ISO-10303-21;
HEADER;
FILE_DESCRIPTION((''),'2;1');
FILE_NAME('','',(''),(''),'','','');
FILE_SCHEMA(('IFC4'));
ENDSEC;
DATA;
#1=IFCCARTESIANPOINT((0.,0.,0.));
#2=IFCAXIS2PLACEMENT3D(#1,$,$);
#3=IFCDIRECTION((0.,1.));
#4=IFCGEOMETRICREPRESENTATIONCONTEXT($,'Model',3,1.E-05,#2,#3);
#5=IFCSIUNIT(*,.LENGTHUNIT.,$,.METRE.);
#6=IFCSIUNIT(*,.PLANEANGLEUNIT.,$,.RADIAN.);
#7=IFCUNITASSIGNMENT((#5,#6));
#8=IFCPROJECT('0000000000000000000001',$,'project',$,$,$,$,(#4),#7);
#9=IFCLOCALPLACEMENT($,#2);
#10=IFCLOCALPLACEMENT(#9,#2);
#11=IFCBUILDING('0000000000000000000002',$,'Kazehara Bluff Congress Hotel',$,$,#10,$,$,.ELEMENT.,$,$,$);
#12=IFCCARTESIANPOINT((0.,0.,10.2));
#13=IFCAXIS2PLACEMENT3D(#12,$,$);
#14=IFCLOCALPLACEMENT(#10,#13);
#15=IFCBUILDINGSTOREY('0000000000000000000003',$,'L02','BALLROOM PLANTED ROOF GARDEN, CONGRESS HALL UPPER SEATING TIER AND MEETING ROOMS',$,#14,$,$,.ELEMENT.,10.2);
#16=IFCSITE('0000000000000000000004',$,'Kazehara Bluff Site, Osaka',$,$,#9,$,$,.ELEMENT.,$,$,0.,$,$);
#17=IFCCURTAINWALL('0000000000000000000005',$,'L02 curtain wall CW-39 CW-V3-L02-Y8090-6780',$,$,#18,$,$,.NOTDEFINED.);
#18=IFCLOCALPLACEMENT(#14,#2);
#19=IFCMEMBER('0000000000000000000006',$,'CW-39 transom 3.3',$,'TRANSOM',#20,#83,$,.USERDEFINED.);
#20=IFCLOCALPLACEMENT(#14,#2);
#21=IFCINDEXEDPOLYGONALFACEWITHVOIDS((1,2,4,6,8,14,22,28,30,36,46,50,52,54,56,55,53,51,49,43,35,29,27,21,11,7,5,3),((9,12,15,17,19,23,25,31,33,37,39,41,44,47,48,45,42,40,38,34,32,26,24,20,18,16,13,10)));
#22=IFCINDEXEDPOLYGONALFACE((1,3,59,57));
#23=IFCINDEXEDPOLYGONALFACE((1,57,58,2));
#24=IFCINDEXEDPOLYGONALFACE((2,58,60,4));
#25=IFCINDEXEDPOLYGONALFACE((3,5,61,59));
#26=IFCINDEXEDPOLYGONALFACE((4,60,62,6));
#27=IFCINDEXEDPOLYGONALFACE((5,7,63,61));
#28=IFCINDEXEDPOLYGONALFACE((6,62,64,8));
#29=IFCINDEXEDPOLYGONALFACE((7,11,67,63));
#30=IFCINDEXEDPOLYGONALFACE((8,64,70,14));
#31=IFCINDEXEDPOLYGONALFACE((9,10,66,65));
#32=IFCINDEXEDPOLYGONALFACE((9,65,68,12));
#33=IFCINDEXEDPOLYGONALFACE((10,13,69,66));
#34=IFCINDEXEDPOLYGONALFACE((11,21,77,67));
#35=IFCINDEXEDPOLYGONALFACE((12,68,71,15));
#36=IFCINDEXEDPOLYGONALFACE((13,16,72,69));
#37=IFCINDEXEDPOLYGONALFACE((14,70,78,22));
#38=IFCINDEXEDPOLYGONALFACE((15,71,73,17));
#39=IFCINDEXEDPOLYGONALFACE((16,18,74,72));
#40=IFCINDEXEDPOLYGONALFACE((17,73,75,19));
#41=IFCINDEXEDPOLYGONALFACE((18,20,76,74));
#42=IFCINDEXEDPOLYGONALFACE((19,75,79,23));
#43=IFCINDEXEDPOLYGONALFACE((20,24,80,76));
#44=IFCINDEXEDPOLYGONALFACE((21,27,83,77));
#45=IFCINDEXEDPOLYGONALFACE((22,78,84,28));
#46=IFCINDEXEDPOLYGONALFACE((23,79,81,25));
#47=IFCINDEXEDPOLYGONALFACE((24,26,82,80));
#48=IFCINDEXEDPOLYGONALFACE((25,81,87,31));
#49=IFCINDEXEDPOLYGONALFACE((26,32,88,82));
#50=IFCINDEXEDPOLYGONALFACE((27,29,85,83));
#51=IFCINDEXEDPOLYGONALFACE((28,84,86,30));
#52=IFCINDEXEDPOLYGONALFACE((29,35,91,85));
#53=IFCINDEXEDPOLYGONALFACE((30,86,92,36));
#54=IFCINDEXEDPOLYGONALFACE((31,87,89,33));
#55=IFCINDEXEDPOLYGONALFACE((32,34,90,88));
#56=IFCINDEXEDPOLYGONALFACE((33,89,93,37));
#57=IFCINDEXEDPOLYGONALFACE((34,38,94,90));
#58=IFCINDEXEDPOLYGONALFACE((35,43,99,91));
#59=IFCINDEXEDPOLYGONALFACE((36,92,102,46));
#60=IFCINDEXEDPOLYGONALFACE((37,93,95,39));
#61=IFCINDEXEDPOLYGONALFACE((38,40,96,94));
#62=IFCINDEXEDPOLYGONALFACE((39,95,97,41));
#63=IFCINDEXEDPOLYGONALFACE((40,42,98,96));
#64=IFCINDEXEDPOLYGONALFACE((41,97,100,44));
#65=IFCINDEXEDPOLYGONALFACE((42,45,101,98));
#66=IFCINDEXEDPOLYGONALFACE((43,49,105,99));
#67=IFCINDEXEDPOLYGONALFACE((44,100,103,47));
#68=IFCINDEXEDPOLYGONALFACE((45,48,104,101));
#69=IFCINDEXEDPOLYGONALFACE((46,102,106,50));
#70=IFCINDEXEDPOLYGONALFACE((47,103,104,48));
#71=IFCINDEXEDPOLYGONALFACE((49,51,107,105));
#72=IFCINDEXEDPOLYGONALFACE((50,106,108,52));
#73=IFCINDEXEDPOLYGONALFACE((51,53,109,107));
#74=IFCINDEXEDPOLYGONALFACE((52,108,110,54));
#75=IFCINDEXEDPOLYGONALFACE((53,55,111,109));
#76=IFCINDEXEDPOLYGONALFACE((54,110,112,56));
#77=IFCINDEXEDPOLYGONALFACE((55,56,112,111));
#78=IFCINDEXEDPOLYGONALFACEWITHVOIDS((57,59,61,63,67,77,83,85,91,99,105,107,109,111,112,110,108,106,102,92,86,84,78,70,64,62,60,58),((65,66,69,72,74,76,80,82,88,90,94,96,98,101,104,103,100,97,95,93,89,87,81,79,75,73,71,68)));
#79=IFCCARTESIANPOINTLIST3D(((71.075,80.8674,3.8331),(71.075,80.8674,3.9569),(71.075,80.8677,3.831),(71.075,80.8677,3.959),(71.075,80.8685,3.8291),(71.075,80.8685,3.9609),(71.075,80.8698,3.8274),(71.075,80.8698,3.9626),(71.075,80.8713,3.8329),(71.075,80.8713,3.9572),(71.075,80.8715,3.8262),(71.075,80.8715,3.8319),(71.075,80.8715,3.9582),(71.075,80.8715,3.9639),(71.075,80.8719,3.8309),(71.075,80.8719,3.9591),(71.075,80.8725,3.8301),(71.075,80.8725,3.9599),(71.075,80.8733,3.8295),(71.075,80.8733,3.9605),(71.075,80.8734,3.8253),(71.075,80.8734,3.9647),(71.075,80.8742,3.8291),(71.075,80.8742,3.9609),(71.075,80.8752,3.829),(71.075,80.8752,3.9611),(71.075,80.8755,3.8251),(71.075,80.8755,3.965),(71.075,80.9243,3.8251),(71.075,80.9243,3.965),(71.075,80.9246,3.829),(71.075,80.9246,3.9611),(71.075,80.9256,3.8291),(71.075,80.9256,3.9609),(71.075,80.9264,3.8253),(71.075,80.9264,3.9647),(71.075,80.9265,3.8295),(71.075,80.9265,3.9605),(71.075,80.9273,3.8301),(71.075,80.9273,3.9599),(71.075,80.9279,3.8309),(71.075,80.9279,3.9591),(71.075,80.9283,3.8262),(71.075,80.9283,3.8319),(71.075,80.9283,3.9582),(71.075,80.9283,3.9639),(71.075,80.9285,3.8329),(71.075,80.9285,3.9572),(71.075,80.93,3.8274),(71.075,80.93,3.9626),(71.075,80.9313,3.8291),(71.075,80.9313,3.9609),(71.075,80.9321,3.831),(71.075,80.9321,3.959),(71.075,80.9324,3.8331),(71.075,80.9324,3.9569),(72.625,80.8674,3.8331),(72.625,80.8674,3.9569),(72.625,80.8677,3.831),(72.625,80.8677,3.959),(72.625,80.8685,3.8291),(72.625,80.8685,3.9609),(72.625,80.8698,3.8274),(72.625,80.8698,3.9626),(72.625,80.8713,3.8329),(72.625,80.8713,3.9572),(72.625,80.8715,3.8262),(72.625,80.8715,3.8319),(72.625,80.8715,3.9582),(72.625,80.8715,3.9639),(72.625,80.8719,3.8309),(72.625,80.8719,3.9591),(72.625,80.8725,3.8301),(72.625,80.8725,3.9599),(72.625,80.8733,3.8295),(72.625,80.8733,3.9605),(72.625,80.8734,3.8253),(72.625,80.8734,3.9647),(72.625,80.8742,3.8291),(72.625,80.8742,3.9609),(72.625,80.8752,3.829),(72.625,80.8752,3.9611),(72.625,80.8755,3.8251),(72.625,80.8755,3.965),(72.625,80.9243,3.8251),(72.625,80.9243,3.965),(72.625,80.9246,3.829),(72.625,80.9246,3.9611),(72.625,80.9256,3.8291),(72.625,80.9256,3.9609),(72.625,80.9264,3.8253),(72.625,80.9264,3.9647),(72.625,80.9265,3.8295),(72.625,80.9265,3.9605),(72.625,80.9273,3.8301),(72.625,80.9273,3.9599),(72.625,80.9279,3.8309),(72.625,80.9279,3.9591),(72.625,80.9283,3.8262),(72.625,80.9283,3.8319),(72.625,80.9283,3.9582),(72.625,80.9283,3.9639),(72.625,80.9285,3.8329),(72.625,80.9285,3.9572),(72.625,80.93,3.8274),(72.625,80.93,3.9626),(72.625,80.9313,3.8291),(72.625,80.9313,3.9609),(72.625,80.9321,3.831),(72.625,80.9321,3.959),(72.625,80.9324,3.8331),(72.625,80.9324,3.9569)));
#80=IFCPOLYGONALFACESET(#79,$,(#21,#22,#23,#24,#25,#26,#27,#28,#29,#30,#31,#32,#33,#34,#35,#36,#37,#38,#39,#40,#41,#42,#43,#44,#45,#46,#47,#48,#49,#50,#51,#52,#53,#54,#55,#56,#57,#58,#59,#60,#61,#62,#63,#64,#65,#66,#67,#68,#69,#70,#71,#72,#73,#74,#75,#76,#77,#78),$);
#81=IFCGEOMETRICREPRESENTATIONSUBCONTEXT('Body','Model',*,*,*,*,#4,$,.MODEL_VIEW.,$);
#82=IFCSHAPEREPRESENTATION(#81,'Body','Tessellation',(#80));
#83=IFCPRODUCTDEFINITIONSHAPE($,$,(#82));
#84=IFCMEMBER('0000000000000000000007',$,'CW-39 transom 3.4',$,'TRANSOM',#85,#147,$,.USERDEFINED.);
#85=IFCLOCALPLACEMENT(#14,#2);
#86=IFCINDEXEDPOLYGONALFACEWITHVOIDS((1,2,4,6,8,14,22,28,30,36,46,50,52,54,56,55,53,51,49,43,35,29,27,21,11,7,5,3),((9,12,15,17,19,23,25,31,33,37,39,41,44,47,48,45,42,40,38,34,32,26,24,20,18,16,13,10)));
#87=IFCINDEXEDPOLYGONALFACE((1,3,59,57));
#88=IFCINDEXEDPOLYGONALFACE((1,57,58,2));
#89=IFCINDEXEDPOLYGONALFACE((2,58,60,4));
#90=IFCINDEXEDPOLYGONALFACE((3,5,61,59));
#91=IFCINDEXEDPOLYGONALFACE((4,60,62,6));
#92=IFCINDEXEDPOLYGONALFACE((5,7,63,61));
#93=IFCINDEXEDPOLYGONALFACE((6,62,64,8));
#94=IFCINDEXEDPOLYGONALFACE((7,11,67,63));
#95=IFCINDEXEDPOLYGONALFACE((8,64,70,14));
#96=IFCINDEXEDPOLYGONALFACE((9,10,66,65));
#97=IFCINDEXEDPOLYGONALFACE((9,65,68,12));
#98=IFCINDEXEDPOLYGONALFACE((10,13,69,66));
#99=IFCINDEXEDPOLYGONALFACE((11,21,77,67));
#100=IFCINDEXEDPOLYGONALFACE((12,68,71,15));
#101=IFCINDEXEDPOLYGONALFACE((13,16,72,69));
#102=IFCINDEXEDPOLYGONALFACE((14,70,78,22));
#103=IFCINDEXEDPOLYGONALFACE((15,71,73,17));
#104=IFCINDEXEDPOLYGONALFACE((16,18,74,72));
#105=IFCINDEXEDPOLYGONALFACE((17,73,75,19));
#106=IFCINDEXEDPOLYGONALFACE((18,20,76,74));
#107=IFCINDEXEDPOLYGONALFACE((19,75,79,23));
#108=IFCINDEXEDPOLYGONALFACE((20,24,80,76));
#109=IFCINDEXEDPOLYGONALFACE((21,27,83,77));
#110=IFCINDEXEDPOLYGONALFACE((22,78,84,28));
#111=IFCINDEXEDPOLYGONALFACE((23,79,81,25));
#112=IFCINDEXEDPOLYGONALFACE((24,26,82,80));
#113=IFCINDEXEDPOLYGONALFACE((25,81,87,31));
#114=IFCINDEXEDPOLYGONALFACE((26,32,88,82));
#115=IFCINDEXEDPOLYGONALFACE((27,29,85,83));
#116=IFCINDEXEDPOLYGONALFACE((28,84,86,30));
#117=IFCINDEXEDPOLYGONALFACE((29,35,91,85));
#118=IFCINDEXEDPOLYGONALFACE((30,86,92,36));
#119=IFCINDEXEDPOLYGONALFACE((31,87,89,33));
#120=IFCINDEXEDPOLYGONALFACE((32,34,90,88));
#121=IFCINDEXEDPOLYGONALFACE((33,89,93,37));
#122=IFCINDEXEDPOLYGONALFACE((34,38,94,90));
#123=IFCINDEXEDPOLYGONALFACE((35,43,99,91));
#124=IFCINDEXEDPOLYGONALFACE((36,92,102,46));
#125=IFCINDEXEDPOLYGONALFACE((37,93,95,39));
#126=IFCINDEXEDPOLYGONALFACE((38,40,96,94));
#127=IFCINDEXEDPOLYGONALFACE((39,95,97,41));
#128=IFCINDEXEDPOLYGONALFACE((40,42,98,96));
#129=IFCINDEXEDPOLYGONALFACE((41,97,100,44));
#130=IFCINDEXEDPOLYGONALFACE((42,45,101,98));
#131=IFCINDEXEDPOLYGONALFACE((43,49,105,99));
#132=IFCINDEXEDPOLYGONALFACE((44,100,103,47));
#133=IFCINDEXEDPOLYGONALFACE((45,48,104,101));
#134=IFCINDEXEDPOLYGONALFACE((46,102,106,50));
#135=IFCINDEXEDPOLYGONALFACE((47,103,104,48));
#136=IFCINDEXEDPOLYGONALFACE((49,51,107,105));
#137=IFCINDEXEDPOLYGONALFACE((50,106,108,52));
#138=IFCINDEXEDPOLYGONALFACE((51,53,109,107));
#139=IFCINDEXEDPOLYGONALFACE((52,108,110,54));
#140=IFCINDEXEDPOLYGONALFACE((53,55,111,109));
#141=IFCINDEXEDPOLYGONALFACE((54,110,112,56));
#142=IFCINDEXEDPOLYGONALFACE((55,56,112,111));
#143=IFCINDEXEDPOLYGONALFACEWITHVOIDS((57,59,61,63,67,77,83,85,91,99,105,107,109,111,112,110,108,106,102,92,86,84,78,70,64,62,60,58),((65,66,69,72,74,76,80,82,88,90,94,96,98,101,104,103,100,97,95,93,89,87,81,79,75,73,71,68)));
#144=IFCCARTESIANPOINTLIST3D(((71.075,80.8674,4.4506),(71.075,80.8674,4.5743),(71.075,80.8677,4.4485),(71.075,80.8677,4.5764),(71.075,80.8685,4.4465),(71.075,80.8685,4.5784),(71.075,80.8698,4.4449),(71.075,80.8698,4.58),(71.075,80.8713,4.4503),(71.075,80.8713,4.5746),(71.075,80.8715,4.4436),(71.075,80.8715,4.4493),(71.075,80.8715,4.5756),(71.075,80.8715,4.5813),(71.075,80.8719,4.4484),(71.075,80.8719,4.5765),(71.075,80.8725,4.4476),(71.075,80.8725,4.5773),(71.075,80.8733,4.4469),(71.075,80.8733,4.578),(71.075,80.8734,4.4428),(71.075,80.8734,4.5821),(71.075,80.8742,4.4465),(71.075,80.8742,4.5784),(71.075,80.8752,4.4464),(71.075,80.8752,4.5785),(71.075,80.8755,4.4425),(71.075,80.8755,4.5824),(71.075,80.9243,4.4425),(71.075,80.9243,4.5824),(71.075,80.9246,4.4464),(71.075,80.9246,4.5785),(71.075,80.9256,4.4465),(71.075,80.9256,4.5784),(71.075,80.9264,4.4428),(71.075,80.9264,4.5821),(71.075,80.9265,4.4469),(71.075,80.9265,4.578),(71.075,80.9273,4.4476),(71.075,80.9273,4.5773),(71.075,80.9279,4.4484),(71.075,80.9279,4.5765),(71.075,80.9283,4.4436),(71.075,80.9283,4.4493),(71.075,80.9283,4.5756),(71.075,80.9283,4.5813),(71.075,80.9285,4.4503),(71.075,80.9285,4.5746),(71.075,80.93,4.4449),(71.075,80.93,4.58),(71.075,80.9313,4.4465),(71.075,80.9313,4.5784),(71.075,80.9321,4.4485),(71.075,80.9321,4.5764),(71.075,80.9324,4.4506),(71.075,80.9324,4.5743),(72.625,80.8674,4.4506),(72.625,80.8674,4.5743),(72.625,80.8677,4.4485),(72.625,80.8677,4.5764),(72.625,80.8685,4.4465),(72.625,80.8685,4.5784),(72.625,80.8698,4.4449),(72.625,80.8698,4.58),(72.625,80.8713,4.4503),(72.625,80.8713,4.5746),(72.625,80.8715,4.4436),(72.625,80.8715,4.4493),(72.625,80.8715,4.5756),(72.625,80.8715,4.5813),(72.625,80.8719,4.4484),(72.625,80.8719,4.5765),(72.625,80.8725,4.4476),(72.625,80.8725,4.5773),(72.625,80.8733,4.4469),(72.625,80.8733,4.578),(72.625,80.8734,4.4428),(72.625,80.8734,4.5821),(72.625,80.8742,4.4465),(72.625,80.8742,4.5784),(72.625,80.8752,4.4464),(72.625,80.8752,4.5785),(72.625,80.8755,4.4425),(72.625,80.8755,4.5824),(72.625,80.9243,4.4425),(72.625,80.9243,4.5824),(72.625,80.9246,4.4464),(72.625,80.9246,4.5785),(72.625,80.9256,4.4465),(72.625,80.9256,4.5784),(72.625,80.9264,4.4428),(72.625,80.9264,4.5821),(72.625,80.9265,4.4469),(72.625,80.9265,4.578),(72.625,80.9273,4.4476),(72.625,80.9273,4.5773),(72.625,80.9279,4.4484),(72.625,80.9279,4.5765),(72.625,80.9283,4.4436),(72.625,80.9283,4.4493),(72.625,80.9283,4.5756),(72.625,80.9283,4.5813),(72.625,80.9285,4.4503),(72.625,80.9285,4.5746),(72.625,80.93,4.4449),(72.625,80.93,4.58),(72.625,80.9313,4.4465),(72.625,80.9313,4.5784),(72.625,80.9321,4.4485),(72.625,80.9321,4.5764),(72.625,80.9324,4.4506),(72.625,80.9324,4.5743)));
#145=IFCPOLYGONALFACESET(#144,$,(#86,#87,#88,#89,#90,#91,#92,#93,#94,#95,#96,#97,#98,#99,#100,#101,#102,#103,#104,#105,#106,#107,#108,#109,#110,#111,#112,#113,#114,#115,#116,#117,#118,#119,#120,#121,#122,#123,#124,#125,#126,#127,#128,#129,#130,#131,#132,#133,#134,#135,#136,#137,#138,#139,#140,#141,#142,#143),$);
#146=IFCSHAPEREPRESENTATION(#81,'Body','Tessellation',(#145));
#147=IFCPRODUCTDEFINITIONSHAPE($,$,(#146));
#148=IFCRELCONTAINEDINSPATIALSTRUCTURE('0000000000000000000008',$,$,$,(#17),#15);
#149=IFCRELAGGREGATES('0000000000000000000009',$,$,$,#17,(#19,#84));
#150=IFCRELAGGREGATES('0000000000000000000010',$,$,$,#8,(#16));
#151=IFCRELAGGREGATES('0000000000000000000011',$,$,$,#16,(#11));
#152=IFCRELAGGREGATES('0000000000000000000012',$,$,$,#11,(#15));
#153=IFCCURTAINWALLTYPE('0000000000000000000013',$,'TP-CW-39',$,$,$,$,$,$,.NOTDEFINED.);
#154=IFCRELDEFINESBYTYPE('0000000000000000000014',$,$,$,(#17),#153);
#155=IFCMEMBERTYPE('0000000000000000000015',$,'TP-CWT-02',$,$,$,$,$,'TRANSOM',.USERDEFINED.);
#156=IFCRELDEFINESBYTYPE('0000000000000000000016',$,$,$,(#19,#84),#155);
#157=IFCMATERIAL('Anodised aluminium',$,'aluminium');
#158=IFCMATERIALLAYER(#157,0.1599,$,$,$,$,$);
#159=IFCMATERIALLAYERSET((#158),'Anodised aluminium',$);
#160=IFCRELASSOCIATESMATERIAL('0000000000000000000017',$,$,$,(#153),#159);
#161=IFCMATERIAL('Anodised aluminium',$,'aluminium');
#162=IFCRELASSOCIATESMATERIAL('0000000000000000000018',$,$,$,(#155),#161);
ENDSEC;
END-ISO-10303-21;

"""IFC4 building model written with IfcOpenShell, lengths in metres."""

from ifc_helpers import new_model, si_unit, direction, frame, origin, origin_2d, place, context, subcontext, project, spatial, hollow_rectangle, extrude, material, layer, layer_set, material_profile, profile_set, type_object, element, aggregate, save


model = new_model("IFC4")

# Units and contexts
model_context = context("Model", 3, precision=1e-05, world=origin(), true_north=direction((0.0, 1.0)))
body_context = subcontext(model_context, "Body", "Model", "MODEL_VIEW")
ifc_project = project(units=[si_unit("LENGTHUNIT", "METRE"), si_unit("PLANEANGLEUNIT", "RADIAN")], contexts=[model_context])

# Site, building, storey
site_placement = place(None, origin())
site = spatial("IfcSite", under=ifc_project, at=site_placement, Name="Kazehara Bluff Site, Osaka", CompositionType="ELEMENT", RefElevation=0.0)
building_placement = place(site_placement, origin())
building = spatial("IfcBuilding", under=site, at=building_placement, Name="Kazehara Bluff Congress Hotel", CompositionType="ELEMENT")
storey_placement = place(building_placement, frame((0.0, 0.0, 10.2)))
storey = spatial("IfcBuildingStorey", under=building, at=storey_placement, Name="L02", Description="BALLROOM PLANTED ROOF GARDEN, CONGRESS HALL UPPER SEATING TIER AND MEETING ROOMS", CompositionType="ELEMENT", Elevation=10.2)

# Curtain wall, members
ifc_material_1 = material(Name="Anodised aluminium", Category="aluminium")
ifc_layer_1 = layer(ifc_material_1, 0.1599)
ifc_layer_set_1 = layer_set([ifc_layer_1], Name="Anodised aluminium")
curtain_wall_type = type_object("IfcCurtainWallType", Name="TP-CW-39", PredefinedType="NOTDEFINED", material=ifc_layer_set_1)
curtain_wall_placement = place(storey_placement, origin())
curtain_wall = element("IfcCurtainWall", 1, at=curtain_wall_placement, inside=storey, type_object=curtain_wall_type, Name="L02 curtain wall CW-39 CW-V3-L02-Y8090-6780", PredefinedType="NOTDEFINED")
ifc_material_2 = material(Name="Anodised aluminium", Category="aluminium")
ifc_material_profile_1 = material_profile(ifc_material_2, hollow_rectangle(XDim=0.0649, YDim=0.1399, WallThickness=0.0039, InnerFilletRadius=0.0039, OuterFilletRadius=0.0081, at=origin_2d()))
ifc_profile_set_1 = profile_set([ifc_material_profile_1], Name="Anodised aluminium")
member_type_1 = type_object("IfcMemberType", Name="TP-CWT-02", ElementType="TRANSOM", PredefinedType="USERDEFINED", material=ifc_profile_set_1)
member_1_placement = place(storey_placement, frame((71.075, 80.8999, 3.895), z_axis=(1.0, 0.0, 0.0), x_axis=(0.0, 1.0, 0.0)))
member_1 = element("IfcMember", 2, at=member_1_placement, type_object=member_type_1, Name="CW-39 transom 3.3", ObjectType="TRANSOM", PredefinedType="USERDEFINED", context=body_context, shape_type="SweptSolid", body=[
    extrude(hollow_rectangle(XDim=0.0649, YDim=0.1399, WallThickness=0.0039, InnerFilletRadius=0.0039, OuterFilletRadius=0.0081, at=origin_2d()), origin(), (0.0, 0.0, 1.0), 1.55),
])
member_2_placement = place(storey_placement, frame((71.075, 80.8999, 4.5125), z_axis=(1.0, 0.0, 0.0), x_axis=(0.0, 1.0, 0.0)))
member_2 = element("IfcMember", 3, at=member_2_placement, type_object=member_type_1, Name="CW-39 transom 3.4", ObjectType="TRANSOM", PredefinedType="USERDEFINED", context=body_context, shape_type="SweptSolid", body=[
    extrude(hollow_rectangle(XDim=0.0649, YDim=0.1399, WallThickness=0.0039, InnerFilletRadius=0.0039, OuterFilletRadius=0.0081, at=origin_2d()), origin(), (0.0, 0.0, 1.0), 1.55),
])
aggregate(curtain_wall, [member_1, member_2])

save(model, "model.ifc")
